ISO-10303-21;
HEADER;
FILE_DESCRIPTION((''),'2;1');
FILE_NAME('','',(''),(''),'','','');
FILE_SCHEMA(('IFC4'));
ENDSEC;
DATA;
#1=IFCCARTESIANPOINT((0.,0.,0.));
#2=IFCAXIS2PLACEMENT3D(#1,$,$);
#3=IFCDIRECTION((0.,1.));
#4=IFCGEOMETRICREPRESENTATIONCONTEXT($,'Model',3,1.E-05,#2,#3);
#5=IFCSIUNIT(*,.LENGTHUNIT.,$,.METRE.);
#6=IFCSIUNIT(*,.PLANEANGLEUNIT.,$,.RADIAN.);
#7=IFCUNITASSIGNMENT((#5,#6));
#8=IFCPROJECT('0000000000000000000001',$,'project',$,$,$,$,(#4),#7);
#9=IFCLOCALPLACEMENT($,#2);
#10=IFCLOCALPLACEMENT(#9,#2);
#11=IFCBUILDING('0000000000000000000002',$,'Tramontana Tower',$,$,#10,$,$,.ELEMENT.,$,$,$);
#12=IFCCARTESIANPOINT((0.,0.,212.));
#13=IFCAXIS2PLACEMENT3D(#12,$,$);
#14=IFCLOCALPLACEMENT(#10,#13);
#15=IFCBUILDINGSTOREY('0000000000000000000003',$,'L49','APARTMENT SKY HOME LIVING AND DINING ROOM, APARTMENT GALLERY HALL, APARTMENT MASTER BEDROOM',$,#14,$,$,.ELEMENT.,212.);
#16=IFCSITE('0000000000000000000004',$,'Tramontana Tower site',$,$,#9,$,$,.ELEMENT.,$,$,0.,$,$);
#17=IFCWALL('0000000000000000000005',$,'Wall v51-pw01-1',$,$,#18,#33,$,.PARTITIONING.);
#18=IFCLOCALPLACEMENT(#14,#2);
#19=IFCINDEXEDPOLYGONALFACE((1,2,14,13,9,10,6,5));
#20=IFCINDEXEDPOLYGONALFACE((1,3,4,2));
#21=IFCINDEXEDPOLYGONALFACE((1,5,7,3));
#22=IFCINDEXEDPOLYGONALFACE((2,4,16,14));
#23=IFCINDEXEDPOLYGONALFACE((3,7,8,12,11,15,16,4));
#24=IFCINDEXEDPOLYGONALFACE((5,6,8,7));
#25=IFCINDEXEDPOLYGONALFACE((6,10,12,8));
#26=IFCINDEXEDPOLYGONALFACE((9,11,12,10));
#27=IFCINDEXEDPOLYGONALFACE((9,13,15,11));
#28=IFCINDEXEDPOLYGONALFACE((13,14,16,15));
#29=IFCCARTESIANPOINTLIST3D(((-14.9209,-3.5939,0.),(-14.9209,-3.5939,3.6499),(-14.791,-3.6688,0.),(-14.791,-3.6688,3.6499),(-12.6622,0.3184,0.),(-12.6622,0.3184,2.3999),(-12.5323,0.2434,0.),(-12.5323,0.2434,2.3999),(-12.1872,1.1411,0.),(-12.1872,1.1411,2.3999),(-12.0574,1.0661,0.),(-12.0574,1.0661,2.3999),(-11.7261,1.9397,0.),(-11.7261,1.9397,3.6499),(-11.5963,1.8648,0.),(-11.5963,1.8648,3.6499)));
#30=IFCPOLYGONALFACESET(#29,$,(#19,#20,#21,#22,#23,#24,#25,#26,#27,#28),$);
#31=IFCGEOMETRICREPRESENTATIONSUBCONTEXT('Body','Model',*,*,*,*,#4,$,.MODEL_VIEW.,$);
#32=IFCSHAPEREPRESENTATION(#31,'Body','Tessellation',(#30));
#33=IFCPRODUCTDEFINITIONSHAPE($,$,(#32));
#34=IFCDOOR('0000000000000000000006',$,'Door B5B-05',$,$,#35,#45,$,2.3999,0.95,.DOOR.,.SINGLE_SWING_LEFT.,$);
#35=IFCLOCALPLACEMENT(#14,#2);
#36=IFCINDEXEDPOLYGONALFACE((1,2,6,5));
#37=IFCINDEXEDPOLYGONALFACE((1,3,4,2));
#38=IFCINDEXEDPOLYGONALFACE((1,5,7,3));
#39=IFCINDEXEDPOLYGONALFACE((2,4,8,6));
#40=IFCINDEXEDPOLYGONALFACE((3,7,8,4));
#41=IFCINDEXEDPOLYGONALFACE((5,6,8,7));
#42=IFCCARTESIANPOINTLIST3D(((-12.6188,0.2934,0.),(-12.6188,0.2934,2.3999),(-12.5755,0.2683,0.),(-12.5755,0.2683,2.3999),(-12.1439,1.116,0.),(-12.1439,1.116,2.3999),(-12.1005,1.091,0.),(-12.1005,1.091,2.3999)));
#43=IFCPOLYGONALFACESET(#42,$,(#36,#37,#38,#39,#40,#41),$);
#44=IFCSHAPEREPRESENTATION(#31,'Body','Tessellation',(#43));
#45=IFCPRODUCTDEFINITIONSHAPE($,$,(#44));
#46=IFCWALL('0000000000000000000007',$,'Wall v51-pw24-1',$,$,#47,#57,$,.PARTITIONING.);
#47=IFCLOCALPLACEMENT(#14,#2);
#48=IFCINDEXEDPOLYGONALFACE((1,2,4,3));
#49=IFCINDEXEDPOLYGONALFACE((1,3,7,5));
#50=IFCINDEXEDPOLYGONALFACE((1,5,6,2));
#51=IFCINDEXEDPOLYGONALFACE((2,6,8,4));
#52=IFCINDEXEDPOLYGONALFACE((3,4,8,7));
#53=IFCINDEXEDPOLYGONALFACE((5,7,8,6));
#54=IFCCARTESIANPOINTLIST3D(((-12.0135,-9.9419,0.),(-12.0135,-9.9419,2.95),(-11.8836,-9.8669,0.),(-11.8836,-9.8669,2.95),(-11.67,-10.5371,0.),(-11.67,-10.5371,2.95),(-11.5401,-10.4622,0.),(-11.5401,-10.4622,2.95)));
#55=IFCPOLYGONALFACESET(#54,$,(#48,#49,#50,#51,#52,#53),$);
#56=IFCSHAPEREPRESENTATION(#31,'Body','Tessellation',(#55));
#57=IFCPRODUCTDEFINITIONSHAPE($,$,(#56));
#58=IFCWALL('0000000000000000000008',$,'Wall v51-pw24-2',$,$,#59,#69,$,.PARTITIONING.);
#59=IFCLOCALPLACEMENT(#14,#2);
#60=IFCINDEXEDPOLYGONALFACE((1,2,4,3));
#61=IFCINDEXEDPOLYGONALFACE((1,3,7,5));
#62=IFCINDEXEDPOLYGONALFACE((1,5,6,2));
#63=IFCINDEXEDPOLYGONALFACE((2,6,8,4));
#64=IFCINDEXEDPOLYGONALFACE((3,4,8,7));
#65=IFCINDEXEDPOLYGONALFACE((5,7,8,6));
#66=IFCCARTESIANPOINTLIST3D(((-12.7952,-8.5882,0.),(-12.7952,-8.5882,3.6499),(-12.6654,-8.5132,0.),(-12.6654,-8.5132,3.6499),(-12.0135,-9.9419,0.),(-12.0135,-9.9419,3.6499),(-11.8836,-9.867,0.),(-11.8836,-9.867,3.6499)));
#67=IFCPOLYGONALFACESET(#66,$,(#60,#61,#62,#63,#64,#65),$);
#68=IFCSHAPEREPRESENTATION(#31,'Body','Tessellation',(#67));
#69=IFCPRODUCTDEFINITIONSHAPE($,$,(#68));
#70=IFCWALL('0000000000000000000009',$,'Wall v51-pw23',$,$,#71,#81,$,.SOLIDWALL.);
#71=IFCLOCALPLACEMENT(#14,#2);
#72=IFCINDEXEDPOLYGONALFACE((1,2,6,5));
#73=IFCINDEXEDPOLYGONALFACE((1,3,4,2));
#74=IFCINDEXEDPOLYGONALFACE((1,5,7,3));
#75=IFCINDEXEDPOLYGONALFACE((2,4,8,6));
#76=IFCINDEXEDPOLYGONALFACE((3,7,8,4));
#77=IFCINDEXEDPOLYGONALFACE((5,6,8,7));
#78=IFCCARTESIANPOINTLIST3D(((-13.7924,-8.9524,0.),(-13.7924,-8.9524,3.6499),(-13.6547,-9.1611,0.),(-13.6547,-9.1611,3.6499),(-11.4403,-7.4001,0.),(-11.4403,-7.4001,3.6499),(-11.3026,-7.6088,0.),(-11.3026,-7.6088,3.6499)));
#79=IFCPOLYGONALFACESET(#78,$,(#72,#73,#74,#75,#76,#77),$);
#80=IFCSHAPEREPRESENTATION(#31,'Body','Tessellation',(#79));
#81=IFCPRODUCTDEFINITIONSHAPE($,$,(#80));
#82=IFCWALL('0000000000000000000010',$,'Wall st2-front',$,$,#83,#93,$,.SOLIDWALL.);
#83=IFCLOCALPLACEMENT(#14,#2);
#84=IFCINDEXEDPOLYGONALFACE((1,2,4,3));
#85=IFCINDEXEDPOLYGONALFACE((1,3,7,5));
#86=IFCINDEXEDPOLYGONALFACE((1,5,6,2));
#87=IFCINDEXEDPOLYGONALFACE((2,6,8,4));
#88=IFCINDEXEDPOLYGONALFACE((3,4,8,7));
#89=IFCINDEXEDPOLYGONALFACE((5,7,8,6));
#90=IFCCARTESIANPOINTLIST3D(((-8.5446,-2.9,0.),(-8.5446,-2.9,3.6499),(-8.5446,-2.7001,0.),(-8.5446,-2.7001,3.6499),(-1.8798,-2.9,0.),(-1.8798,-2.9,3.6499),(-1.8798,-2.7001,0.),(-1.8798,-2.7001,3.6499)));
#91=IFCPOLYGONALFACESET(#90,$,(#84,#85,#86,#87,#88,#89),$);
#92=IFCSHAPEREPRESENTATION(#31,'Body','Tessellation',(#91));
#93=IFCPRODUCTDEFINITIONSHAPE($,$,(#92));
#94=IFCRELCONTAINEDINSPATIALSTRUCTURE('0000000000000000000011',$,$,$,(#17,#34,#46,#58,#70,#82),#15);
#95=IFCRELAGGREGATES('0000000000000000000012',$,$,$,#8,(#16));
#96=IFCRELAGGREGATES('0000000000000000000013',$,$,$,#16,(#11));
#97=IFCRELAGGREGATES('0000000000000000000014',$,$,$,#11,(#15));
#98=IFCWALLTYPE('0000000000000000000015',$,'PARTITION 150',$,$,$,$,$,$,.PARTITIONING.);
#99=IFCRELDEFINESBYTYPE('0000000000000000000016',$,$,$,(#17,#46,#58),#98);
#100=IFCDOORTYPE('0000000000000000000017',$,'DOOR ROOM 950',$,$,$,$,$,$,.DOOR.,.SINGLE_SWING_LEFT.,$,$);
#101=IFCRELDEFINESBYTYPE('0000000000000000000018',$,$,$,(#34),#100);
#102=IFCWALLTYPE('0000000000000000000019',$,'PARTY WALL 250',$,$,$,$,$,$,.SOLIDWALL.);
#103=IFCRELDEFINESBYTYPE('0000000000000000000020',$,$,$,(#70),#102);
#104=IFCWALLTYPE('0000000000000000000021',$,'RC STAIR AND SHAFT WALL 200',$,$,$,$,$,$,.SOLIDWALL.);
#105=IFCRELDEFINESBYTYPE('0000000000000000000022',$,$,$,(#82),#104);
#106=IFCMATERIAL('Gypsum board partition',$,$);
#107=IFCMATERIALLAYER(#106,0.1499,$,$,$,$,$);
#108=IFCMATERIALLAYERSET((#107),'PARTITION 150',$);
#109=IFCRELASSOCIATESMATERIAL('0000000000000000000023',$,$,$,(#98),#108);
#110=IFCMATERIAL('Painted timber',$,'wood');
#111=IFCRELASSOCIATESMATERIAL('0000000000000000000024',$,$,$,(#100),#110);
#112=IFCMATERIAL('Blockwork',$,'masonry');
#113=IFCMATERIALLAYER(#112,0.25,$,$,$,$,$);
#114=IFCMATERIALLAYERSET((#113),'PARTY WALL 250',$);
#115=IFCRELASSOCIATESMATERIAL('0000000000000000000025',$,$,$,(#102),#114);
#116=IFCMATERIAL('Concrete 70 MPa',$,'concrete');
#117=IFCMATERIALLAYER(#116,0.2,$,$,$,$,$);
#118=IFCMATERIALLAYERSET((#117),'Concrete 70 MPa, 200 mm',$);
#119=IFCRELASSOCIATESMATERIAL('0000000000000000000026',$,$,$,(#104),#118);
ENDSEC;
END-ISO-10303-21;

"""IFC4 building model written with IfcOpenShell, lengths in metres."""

from ifc_helpers import new_model, si_unit, direction, frame, frame_2d, origin, place, context, subcontext, project, spatial, rectangle, extrude, material, layer, layer_set, type_object, element, fill, save


model = new_model("IFC4")

# Units and contexts
model_context = context("Model", 3, precision=1e-05, world=origin(), true_north=direction((0.0, 1.0)))
body_context = subcontext(model_context, "Body", "Model", "MODEL_VIEW")
ifc_project = project(units=[si_unit("LENGTHUNIT", "METRE"), si_unit("PLANEANGLEUNIT", "RADIAN")], contexts=[model_context])

# Site, building, storey
site_placement = place(None, origin())
site = spatial("IfcSite", under=ifc_project, at=site_placement, Name="Tramontana Tower site", CompositionType="ELEMENT", RefElevation=0.0)
building_placement = place(site_placement, origin())
building = spatial("IfcBuilding", under=site, at=building_placement, Name="Tramontana Tower", CompositionType="ELEMENT")
storey_placement = place(building_placement, frame((0.0, 0.0, 212.0)))
storey = spatial("IfcBuildingStorey", under=building, at=storey_placement, Name="L49", Description="APARTMENT SKY HOME LIVING AND DINING ROOM, APARTMENT GALLERY HALL, APARTMENT MASTER BEDROOM", CompositionType="ELEMENT", Elevation=212.0)

# Shared definitions
ifc_material_1 = material(Name="Gypsum board partition")
ifc_layer_1 = layer(ifc_material_1, 0.1499)
ifc_layer_set_1 = layer_set([ifc_layer_1], Name="PARTITION 150")
wall_type_1 = type_object("IfcWallType", Name="PARTITION 150", PredefinedType="PARTITIONING", material=ifc_layer_set_1)

# Wall, opening, door
wall_1_placement = place(storey_placement, frame((-14.856, -3.6313, 0.0), z_axis=(0.0, 0.0, 1.0), x_axis=(0.499994, 0.866029, 0.0)))
wall_1 = element("IfcWall", 1, at=wall_1_placement, inside=storey, type_object=wall_type_1, Name="Wall v51-pw01-1", PredefinedType="PARTITIONING", context=body_context, shape_type="SweptSolid", body=[
    extrude(rectangle(XDim=6.3896, YDim=0.1499, at=frame_2d((3.1948, 0.0))), origin(), (0.0, 0.0, 1.0), 3.6499),
])
opening_1_placement = place(wall_1_placement, frame((4.5173, 0.0, 0.0)))
opening_1 = element("IfcOpeningElement", 2, at=opening_1_placement, cuts=wall_1, PredefinedType="OPENING", context=body_context, shape_type="SweptSolid", body=[
    extrude(rectangle(XDim=0.95, YDim=2.3999, at=frame_2d((0.4751, 1.2))), frame((0.0, 0.085, 0.0), z_axis=(0.0, -1.0, 0.0), x_axis=(1.0, 0.0, 0.0)), (0.0, 0.0, 1.0), 0.1699),
])
ifc_material_2 = material(Name="Painted timber", Category="wood")
door_type_1 = type_object("IfcDoorType", Name="DOOR ROOM 950", OperationType="SINGLE_SWING_LEFT", PredefinedType="DOOR", material=ifc_material_2)
door_1_placement = place(opening_1_placement, origin())
door_1 = element("IfcDoor", 3, at=door_1_placement, inside=storey, type_object=door_type_1, Name="Door B5B-05", OperationType="SINGLE_SWING_LEFT", OverallHeight=2.3999, OverallWidth=0.95, PredefinedType="DOOR", context=body_context, shape_type="SweptSolid", body=[
    extrude(rectangle(XDim=0.95, YDim=2.3999, at=frame_2d((0.4751, 1.2))), frame((0.0, 0.0249, 0.0), z_axis=(0.0, -1.0, 0.0), x_axis=(1.0, 0.0, 0.0)), (0.0, 0.0, 1.0), 0.05),
])
fill(opening_1, door_1)

# Walls
wall_2_placement = place(storey_placement, frame((-11.605, -10.4998, 0.0), z_axis=(0.0, 0.0, 1.0), x_axis=(-0.499845, 0.866115, 0.0)))
element("IfcWall", 4, at=wall_2_placement, inside=storey, type_object=wall_type_1, Name="Wall v51-pw24-1", PredefinedType="PARTITIONING", context=body_context, shape_type="SweptSolid", body=[
    extrude(rectangle(XDim=0.6873, YDim=0.1499, at=frame_2d((0.3438, 0.0))), origin(), (0.0, 0.0, 1.0), 2.95),
])
wall_3_placement = place(storey_placement, frame((-11.9485, -9.9045, 0.0), z_axis=(0.0, 0.0, 1.0), x_axis=(-0.500069, 0.865985, 0.0)))
element("IfcWall", 5, at=wall_3_placement, inside=storey, type_object=wall_type_1, Name="Wall v51-pw24-2", PredefinedType="PARTITIONING", context=body_context, shape_type="SweptSolid", body=[
    extrude(rectangle(XDim=1.5632, YDim=0.1499, at=frame_2d((0.7817, 0.0))), origin(), (0.0, 0.0, 1.0), 3.6499),
])
ifc_material_3 = material(Name="Blockwork", Category="masonry")
ifc_layer_2 = layer(ifc_material_3, 0.25)
ifc_layer_set_2 = layer_set([ifc_layer_2], Name="PARTY WALL 250")
wall_type_2 = type_object("IfcWallType", Name="PARTY WALL 250", PredefinedType="SOLIDWALL", material=ifc_layer_set_2)
wall_4_placement = place(storey_placement, frame((-11.3713, -7.5044, 0.0), z_axis=(0.0, 0.0, 1.0), x_axis=(-0.834627, -0.550816, 0.0)))
element("IfcWall", 6, at=wall_4_placement, inside=storey, type_object=wall_type_2, Name="Wall v51-pw23", PredefinedType="SOLIDWALL", context=body_context, shape_type="SweptSolid", body=[
    extrude(rectangle(XDim=2.8181, YDim=0.25, at=frame_2d((1.4092, 0.0))), origin(), (0.0, 0.0, 1.0), 3.6499),
])
ifc_material_4 = material(Name="Concrete 70 MPa", Category="concrete")
ifc_layer_3 = layer(ifc_material_4, 0.2)
ifc_layer_set_3 = layer_set([ifc_layer_3], Name="Concrete 70 MPa, 200 mm")
wall_type_3 = type_object("IfcWallType", Name="RC STAIR AND SHAFT WALL 200", PredefinedType="SOLIDWALL", material=ifc_layer_set_3)
wall_5_placement = place(storey_placement, frame((-8.5447, -2.8, 0.0), z_axis=(0.0, 0.0, 1.0), x_axis=(1.0, 0.0, 0.0)))
element("IfcWall", 7, at=wall_5_placement, inside=storey, type_object=wall_type_3, Name="Wall st2-front", PredefinedType="SOLIDWALL", context=body_context, shape_type="SweptSolid", body=[
    extrude(rectangle(XDim=6.6648, YDim=0.2, at=frame_2d((3.3325, 0.0))), origin(), (0.0, 0.0, 1.0), 3.6499),
])

save(model, "model.ifc")
